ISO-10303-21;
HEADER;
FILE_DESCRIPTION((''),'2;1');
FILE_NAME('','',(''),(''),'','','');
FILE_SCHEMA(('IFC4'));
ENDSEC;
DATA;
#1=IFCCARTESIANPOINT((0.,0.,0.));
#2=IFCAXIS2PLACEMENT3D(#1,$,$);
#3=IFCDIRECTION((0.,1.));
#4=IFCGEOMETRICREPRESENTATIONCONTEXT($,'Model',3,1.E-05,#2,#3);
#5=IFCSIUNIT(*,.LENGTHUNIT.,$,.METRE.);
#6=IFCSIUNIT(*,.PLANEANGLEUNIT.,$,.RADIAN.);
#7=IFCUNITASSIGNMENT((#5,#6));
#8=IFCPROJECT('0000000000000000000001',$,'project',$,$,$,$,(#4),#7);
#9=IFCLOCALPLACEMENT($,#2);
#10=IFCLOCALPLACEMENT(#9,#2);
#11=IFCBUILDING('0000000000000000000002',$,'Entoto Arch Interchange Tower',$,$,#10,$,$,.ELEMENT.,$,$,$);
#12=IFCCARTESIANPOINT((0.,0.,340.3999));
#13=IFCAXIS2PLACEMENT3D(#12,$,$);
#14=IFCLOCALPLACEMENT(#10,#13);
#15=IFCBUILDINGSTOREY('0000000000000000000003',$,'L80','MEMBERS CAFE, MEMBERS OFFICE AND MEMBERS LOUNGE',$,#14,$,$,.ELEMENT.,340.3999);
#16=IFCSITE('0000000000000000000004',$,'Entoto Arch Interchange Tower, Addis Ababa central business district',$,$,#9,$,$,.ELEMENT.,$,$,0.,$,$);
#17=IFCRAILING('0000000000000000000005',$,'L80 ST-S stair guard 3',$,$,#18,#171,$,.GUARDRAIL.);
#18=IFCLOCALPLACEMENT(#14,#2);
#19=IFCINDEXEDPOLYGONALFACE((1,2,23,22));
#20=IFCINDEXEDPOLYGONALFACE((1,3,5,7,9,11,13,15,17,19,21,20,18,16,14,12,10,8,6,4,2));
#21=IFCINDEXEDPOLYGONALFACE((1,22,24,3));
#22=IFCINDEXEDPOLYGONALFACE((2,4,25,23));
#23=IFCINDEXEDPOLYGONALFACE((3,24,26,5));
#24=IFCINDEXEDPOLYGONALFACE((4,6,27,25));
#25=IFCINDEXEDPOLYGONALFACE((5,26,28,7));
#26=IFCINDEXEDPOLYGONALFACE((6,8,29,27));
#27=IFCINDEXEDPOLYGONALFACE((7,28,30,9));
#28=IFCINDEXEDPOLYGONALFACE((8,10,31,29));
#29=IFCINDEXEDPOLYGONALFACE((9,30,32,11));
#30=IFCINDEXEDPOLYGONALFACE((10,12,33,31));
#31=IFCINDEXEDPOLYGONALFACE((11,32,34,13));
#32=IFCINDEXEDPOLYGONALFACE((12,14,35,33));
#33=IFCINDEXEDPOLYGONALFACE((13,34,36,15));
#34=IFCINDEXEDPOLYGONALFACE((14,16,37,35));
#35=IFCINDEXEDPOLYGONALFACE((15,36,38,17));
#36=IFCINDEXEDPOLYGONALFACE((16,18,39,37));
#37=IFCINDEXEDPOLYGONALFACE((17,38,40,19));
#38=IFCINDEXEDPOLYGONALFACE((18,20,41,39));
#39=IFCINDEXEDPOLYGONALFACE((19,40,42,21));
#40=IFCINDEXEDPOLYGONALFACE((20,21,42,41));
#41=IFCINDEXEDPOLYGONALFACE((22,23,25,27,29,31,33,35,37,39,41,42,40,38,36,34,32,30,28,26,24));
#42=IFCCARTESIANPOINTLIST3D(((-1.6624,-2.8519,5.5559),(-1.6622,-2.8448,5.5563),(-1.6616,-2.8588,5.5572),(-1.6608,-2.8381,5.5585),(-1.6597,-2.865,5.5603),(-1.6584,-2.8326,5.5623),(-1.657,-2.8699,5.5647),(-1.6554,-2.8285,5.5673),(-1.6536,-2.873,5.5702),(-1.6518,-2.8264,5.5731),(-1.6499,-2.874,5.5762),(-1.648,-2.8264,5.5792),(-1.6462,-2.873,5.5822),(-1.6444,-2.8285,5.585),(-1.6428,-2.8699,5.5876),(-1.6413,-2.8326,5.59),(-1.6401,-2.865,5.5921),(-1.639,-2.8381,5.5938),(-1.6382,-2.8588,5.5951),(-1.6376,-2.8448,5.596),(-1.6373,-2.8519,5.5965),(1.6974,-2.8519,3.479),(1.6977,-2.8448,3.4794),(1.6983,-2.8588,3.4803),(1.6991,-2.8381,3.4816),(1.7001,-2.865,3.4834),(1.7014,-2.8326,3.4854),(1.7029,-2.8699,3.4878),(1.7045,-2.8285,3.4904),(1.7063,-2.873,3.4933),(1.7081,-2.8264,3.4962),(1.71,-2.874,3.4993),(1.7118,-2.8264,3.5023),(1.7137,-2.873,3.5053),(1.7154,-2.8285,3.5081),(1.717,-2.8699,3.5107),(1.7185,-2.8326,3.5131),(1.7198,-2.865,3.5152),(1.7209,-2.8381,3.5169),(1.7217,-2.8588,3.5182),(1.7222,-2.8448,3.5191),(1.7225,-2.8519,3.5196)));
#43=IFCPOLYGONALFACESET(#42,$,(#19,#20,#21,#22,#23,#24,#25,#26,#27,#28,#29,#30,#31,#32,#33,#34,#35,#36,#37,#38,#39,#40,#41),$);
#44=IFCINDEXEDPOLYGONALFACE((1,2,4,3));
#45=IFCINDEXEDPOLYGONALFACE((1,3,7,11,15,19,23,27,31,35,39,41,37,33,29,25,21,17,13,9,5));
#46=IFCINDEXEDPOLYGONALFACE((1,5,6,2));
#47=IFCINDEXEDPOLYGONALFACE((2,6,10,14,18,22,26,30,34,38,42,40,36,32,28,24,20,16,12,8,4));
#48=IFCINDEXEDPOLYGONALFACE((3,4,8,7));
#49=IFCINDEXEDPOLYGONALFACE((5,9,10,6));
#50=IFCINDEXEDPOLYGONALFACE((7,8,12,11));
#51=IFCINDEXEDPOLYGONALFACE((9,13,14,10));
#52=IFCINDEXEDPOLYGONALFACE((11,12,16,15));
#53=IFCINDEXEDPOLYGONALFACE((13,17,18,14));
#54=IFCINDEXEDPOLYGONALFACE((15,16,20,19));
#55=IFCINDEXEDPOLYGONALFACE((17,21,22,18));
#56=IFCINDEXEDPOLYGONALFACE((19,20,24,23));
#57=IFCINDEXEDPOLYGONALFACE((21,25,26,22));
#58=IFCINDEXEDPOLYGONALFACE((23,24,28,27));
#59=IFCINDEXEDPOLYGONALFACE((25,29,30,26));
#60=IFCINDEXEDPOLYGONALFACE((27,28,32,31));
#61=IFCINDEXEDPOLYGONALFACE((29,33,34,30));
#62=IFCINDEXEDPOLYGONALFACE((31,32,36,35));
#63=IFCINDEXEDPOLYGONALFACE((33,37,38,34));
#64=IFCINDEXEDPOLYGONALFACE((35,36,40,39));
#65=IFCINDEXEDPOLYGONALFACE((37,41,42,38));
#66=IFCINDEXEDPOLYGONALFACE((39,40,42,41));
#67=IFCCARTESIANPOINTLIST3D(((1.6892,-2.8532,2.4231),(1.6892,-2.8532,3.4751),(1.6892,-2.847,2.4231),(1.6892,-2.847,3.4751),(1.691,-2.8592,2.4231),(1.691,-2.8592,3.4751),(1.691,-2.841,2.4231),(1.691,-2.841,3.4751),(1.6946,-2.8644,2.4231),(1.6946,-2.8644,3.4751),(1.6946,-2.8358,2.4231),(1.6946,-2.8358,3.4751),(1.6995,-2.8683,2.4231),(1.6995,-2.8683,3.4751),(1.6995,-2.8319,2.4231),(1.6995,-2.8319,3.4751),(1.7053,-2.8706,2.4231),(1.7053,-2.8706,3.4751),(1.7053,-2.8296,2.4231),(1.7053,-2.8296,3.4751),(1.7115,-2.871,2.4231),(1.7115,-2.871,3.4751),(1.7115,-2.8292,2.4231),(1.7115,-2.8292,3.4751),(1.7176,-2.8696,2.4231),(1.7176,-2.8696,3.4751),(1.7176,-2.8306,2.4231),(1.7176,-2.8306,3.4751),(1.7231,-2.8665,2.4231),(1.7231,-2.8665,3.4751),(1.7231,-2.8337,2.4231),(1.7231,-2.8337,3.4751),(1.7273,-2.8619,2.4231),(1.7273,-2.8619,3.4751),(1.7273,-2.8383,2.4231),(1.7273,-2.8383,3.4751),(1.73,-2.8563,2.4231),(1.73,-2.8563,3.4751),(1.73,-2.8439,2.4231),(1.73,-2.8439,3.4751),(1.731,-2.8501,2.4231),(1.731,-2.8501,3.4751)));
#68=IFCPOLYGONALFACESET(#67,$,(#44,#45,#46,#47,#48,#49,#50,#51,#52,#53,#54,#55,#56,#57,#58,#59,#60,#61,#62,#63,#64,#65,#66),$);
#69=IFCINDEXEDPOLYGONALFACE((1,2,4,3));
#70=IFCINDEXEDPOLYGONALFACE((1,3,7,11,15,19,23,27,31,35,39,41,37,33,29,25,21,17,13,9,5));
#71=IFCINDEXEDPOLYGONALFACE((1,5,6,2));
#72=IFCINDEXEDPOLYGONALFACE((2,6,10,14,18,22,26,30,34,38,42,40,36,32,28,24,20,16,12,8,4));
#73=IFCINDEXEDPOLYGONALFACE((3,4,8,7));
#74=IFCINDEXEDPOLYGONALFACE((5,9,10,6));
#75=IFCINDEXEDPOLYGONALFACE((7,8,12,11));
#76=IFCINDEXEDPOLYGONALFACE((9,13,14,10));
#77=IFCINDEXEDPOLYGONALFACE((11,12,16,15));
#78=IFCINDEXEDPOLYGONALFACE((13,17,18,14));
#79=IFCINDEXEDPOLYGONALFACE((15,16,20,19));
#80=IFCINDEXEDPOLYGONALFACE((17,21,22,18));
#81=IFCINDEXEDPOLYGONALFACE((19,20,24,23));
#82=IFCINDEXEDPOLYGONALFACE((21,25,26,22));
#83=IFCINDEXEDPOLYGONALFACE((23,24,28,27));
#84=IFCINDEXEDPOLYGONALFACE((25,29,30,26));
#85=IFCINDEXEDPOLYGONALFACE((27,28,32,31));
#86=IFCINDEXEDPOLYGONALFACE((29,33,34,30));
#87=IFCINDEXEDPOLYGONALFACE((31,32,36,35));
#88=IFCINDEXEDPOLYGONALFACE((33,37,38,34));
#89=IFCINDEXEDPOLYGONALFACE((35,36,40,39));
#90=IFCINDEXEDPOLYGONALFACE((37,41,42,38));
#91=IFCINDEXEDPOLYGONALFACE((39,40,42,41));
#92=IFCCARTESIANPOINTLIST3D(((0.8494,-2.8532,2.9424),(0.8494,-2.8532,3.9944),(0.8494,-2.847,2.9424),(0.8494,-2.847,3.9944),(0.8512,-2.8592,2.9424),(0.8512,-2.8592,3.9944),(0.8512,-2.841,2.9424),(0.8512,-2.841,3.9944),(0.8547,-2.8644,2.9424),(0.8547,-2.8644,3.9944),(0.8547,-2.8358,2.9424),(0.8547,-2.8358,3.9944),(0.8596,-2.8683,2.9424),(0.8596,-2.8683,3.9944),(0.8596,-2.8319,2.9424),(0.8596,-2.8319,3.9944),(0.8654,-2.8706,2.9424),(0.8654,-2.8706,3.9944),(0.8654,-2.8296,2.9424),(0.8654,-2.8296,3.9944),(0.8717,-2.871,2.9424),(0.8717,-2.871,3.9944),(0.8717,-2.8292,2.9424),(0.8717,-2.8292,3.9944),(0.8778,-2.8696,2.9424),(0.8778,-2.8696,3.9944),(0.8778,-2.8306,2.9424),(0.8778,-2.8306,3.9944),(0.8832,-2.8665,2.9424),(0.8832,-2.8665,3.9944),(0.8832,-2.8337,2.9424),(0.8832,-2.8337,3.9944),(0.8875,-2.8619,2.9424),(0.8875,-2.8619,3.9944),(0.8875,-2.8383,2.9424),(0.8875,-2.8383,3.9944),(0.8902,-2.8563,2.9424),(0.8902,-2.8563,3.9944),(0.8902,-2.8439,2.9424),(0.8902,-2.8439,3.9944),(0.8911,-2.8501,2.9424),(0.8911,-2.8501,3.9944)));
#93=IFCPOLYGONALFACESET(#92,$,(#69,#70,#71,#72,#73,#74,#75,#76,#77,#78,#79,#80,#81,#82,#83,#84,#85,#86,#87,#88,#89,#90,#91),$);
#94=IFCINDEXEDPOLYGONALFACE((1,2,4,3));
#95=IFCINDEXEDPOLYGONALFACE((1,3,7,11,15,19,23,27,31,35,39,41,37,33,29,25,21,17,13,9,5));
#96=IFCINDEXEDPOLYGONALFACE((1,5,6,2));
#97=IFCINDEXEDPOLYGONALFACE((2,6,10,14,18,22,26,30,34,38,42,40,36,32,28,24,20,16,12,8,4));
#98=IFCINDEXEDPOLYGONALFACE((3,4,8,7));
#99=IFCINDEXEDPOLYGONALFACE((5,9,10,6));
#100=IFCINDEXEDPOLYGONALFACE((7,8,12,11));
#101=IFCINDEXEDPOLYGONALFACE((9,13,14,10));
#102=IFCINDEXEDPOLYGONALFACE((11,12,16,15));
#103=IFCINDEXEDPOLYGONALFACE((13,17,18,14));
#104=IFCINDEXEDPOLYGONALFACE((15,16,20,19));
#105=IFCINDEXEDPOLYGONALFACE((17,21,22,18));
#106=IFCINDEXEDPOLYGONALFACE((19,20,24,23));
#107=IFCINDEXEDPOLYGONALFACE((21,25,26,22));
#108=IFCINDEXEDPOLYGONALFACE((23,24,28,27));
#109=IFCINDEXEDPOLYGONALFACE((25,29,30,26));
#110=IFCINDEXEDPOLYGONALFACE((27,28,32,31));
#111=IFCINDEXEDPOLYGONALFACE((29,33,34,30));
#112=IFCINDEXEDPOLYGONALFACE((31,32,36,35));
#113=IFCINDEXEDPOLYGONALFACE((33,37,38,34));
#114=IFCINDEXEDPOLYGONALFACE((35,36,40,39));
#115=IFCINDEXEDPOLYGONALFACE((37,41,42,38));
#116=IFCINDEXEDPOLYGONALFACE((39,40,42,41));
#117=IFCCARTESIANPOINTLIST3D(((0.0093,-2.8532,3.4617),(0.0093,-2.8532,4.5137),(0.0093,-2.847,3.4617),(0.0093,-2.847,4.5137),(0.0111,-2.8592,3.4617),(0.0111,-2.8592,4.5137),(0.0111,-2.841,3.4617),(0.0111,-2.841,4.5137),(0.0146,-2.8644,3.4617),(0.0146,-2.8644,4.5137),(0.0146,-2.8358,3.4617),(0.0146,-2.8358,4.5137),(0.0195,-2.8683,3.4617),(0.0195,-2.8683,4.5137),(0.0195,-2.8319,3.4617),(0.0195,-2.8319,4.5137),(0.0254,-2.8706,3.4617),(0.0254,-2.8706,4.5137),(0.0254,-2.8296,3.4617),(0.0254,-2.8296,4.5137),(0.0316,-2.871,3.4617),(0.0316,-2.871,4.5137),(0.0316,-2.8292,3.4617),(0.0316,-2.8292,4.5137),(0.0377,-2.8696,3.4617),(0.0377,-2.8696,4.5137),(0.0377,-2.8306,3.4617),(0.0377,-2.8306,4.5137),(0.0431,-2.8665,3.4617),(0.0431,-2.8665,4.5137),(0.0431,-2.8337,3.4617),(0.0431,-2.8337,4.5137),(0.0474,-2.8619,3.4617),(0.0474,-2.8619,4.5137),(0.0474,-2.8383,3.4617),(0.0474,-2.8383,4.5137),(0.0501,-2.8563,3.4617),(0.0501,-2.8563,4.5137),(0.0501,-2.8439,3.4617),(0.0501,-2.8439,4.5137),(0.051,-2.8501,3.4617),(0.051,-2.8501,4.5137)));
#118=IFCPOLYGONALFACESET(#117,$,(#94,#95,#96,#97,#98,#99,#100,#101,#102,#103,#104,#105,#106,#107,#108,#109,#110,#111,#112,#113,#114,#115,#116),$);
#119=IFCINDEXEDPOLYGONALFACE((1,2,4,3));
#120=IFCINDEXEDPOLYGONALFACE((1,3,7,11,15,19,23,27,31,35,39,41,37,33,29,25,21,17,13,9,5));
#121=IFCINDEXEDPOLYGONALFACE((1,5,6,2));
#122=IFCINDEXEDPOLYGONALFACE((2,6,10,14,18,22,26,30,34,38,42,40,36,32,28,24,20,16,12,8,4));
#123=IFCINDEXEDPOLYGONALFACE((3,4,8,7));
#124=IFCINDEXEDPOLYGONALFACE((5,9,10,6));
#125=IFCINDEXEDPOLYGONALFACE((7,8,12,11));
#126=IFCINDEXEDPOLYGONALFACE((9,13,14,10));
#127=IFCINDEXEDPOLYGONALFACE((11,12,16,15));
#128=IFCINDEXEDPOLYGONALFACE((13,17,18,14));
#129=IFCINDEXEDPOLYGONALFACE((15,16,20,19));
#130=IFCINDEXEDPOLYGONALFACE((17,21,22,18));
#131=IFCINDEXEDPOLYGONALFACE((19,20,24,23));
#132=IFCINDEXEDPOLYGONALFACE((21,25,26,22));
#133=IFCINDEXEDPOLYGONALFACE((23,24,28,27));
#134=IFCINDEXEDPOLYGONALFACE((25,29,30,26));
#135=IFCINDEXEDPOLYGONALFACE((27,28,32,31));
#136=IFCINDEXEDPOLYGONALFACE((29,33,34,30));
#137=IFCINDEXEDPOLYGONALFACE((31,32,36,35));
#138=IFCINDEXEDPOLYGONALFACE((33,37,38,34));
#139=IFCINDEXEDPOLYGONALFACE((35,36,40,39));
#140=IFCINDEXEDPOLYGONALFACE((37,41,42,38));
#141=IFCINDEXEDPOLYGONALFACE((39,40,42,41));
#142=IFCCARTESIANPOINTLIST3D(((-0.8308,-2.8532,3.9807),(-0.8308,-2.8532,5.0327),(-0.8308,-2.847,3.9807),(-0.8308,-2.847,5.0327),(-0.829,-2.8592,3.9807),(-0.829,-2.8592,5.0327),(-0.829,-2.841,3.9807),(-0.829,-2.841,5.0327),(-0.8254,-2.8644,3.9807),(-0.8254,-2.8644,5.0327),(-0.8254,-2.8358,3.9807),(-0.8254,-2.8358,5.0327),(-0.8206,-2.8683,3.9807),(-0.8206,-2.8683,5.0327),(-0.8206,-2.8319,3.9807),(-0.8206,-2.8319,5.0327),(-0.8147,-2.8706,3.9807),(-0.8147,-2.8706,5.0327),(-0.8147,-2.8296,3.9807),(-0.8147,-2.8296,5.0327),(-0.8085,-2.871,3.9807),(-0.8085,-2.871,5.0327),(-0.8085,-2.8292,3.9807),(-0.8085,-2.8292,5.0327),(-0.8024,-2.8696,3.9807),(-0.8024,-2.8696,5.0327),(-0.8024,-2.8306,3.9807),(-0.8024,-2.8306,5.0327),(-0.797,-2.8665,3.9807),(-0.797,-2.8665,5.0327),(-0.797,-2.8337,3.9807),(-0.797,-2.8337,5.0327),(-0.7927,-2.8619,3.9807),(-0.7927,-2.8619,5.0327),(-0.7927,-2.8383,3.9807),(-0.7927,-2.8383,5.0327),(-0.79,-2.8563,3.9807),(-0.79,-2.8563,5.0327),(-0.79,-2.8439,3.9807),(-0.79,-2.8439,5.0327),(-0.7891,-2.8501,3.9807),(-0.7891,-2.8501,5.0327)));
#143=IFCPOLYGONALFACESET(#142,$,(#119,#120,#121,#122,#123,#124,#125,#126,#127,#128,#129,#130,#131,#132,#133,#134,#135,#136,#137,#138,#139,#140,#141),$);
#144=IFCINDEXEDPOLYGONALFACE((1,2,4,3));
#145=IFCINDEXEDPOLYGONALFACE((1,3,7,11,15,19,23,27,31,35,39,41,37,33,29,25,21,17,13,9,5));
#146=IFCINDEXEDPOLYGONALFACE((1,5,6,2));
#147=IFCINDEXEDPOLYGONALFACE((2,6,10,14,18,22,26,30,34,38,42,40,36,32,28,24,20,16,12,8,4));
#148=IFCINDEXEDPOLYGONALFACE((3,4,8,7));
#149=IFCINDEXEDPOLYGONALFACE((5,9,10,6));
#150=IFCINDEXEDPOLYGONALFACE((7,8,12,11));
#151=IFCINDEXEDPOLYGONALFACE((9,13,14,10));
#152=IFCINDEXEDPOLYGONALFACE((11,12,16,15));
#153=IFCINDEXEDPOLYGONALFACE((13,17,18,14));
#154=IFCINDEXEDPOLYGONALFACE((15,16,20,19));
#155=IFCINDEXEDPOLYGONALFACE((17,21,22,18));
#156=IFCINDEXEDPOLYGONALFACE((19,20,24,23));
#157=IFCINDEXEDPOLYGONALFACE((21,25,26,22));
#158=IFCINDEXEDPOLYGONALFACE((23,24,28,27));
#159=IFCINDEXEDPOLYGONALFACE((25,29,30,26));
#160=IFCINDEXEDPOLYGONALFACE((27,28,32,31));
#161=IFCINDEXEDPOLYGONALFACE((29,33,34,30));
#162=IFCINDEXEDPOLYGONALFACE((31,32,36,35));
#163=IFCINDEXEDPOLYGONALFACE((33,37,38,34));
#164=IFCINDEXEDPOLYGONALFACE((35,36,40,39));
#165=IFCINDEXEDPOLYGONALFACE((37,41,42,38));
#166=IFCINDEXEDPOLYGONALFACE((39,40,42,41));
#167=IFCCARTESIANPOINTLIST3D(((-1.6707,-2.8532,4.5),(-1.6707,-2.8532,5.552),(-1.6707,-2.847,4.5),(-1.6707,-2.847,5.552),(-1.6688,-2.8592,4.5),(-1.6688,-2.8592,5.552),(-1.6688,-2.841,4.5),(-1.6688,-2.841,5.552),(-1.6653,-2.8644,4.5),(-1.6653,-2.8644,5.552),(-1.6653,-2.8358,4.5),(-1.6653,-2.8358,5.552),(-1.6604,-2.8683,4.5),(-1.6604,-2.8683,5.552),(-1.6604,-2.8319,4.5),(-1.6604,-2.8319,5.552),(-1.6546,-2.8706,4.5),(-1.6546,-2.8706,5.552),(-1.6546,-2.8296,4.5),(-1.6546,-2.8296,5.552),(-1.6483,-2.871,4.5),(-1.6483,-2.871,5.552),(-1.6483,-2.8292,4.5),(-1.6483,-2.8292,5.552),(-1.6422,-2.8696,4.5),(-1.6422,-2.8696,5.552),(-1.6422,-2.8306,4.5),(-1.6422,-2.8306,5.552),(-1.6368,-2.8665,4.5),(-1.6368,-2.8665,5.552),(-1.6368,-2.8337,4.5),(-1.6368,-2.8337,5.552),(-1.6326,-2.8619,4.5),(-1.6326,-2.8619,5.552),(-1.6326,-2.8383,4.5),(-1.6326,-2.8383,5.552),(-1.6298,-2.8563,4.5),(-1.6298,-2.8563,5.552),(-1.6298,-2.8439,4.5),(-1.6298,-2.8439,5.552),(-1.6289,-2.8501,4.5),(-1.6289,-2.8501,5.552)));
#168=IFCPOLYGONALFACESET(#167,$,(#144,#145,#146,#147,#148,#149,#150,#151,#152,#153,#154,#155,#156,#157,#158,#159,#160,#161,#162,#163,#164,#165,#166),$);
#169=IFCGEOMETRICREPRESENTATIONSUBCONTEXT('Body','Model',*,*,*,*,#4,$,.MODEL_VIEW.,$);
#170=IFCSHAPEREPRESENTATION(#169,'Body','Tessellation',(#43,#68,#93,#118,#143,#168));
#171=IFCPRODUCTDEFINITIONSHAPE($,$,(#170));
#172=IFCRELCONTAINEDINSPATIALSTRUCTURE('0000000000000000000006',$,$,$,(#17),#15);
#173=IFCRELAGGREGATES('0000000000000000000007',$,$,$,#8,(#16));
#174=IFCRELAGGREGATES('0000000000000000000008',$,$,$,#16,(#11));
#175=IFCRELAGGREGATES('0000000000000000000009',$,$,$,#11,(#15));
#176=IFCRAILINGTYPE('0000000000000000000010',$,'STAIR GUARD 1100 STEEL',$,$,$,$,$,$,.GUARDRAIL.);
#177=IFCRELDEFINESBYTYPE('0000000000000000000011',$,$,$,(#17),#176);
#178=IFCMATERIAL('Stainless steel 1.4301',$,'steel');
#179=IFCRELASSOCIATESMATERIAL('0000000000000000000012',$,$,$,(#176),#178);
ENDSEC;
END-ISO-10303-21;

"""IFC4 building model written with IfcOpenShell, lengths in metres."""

from ifc_helpers import new_model, si_unit, direction, frame, origin, origin_2d, place, context, subcontext, project, spatial, circle, extrude, material, type_object, element, save


model = new_model("IFC4")

# Units and contexts
model_context = context("Model", 3, precision=1e-05, world=origin(), true_north=direction((0.0, 1.0)))
body_context = subcontext(model_context, "Body", "Model", "MODEL_VIEW")
ifc_project = project(units=[si_unit("LENGTHUNIT", "METRE"), si_unit("PLANEANGLEUNIT", "RADIAN")], contexts=[model_context])

# Site, building, storey
site_placement = place(None, origin())
site = spatial("IfcSite", under=ifc_project, at=site_placement, Name="Entoto Arch Interchange Tower, Addis Ababa central business district", CompositionType="ELEMENT", RefElevation=0.0)
building_placement = place(site_placement, origin())
building = spatial("IfcBuilding", under=site, at=building_placement, Name="Entoto Arch Interchange Tower", CompositionType="ELEMENT")
storey_placement = place(building_placement, frame((0.0, 0.0, 340.3999)))
storey = spatial("IfcBuildingStorey", under=building, at=storey_placement, Name="L80", Description="MEMBERS CAFE, MEMBERS OFFICE AND MEMBERS LOUNGE", CompositionType="ELEMENT", Elevation=340.3999)

# Railing
ifc_material_1 = material(Name="Stainless steel 1.4301", Category="steel")
railing_type_1 = type_object("IfcRailingType", Name="STAIR GUARD 1100 STEEL", PredefinedType="GUARDRAIL", material=ifc_material_1)
railing_1_placement = place(storey_placement, frame((1.71, -2.8501, 2.4231)))
element("IfcRailing", 1, at=railing_1_placement, inside=storey, type_object=railing_type_1, Name="L80 ST-S stair guard 3", PredefinedType="GUARDRAIL", context=body_context, shape_type="SweptSolid", body=[
    extrude(circle(Radius=0.0239, at=origin_2d()), frame((0.0, 0.0, 1.0762), z_axis=(-0.850606, 0.0, 0.525803), x_axis=(0.0, -1.0, 0.0)), (0.0, 0.0, 1.0), 3.95),
    extrude(circle(Radius=0.021, at=origin_2d()), origin(), (0.0, 0.0, 1.0), 1.052),
    extrude(circle(Radius=0.021, at=origin_2d()), frame((-0.8398, 0.0, 0.5193)), (0.0, 0.0, 1.0), 1.052),
    extrude(circle(Radius=0.021, at=origin_2d()), frame((-1.6799, 0.0, 1.0386)), (0.0, 0.0, 1.0), 1.052),
    extrude(circle(Radius=0.021, at=origin_2d()), frame((-2.52, 0.0, 1.5576)), (0.0, 0.0, 1.0), 1.052),
    extrude(circle(Radius=0.021, at=origin_2d()), frame((-3.3599, 0.0, 2.0769)), (0.0, 0.0, 1.0), 1.052),
])

save(model, "model.ifc")
